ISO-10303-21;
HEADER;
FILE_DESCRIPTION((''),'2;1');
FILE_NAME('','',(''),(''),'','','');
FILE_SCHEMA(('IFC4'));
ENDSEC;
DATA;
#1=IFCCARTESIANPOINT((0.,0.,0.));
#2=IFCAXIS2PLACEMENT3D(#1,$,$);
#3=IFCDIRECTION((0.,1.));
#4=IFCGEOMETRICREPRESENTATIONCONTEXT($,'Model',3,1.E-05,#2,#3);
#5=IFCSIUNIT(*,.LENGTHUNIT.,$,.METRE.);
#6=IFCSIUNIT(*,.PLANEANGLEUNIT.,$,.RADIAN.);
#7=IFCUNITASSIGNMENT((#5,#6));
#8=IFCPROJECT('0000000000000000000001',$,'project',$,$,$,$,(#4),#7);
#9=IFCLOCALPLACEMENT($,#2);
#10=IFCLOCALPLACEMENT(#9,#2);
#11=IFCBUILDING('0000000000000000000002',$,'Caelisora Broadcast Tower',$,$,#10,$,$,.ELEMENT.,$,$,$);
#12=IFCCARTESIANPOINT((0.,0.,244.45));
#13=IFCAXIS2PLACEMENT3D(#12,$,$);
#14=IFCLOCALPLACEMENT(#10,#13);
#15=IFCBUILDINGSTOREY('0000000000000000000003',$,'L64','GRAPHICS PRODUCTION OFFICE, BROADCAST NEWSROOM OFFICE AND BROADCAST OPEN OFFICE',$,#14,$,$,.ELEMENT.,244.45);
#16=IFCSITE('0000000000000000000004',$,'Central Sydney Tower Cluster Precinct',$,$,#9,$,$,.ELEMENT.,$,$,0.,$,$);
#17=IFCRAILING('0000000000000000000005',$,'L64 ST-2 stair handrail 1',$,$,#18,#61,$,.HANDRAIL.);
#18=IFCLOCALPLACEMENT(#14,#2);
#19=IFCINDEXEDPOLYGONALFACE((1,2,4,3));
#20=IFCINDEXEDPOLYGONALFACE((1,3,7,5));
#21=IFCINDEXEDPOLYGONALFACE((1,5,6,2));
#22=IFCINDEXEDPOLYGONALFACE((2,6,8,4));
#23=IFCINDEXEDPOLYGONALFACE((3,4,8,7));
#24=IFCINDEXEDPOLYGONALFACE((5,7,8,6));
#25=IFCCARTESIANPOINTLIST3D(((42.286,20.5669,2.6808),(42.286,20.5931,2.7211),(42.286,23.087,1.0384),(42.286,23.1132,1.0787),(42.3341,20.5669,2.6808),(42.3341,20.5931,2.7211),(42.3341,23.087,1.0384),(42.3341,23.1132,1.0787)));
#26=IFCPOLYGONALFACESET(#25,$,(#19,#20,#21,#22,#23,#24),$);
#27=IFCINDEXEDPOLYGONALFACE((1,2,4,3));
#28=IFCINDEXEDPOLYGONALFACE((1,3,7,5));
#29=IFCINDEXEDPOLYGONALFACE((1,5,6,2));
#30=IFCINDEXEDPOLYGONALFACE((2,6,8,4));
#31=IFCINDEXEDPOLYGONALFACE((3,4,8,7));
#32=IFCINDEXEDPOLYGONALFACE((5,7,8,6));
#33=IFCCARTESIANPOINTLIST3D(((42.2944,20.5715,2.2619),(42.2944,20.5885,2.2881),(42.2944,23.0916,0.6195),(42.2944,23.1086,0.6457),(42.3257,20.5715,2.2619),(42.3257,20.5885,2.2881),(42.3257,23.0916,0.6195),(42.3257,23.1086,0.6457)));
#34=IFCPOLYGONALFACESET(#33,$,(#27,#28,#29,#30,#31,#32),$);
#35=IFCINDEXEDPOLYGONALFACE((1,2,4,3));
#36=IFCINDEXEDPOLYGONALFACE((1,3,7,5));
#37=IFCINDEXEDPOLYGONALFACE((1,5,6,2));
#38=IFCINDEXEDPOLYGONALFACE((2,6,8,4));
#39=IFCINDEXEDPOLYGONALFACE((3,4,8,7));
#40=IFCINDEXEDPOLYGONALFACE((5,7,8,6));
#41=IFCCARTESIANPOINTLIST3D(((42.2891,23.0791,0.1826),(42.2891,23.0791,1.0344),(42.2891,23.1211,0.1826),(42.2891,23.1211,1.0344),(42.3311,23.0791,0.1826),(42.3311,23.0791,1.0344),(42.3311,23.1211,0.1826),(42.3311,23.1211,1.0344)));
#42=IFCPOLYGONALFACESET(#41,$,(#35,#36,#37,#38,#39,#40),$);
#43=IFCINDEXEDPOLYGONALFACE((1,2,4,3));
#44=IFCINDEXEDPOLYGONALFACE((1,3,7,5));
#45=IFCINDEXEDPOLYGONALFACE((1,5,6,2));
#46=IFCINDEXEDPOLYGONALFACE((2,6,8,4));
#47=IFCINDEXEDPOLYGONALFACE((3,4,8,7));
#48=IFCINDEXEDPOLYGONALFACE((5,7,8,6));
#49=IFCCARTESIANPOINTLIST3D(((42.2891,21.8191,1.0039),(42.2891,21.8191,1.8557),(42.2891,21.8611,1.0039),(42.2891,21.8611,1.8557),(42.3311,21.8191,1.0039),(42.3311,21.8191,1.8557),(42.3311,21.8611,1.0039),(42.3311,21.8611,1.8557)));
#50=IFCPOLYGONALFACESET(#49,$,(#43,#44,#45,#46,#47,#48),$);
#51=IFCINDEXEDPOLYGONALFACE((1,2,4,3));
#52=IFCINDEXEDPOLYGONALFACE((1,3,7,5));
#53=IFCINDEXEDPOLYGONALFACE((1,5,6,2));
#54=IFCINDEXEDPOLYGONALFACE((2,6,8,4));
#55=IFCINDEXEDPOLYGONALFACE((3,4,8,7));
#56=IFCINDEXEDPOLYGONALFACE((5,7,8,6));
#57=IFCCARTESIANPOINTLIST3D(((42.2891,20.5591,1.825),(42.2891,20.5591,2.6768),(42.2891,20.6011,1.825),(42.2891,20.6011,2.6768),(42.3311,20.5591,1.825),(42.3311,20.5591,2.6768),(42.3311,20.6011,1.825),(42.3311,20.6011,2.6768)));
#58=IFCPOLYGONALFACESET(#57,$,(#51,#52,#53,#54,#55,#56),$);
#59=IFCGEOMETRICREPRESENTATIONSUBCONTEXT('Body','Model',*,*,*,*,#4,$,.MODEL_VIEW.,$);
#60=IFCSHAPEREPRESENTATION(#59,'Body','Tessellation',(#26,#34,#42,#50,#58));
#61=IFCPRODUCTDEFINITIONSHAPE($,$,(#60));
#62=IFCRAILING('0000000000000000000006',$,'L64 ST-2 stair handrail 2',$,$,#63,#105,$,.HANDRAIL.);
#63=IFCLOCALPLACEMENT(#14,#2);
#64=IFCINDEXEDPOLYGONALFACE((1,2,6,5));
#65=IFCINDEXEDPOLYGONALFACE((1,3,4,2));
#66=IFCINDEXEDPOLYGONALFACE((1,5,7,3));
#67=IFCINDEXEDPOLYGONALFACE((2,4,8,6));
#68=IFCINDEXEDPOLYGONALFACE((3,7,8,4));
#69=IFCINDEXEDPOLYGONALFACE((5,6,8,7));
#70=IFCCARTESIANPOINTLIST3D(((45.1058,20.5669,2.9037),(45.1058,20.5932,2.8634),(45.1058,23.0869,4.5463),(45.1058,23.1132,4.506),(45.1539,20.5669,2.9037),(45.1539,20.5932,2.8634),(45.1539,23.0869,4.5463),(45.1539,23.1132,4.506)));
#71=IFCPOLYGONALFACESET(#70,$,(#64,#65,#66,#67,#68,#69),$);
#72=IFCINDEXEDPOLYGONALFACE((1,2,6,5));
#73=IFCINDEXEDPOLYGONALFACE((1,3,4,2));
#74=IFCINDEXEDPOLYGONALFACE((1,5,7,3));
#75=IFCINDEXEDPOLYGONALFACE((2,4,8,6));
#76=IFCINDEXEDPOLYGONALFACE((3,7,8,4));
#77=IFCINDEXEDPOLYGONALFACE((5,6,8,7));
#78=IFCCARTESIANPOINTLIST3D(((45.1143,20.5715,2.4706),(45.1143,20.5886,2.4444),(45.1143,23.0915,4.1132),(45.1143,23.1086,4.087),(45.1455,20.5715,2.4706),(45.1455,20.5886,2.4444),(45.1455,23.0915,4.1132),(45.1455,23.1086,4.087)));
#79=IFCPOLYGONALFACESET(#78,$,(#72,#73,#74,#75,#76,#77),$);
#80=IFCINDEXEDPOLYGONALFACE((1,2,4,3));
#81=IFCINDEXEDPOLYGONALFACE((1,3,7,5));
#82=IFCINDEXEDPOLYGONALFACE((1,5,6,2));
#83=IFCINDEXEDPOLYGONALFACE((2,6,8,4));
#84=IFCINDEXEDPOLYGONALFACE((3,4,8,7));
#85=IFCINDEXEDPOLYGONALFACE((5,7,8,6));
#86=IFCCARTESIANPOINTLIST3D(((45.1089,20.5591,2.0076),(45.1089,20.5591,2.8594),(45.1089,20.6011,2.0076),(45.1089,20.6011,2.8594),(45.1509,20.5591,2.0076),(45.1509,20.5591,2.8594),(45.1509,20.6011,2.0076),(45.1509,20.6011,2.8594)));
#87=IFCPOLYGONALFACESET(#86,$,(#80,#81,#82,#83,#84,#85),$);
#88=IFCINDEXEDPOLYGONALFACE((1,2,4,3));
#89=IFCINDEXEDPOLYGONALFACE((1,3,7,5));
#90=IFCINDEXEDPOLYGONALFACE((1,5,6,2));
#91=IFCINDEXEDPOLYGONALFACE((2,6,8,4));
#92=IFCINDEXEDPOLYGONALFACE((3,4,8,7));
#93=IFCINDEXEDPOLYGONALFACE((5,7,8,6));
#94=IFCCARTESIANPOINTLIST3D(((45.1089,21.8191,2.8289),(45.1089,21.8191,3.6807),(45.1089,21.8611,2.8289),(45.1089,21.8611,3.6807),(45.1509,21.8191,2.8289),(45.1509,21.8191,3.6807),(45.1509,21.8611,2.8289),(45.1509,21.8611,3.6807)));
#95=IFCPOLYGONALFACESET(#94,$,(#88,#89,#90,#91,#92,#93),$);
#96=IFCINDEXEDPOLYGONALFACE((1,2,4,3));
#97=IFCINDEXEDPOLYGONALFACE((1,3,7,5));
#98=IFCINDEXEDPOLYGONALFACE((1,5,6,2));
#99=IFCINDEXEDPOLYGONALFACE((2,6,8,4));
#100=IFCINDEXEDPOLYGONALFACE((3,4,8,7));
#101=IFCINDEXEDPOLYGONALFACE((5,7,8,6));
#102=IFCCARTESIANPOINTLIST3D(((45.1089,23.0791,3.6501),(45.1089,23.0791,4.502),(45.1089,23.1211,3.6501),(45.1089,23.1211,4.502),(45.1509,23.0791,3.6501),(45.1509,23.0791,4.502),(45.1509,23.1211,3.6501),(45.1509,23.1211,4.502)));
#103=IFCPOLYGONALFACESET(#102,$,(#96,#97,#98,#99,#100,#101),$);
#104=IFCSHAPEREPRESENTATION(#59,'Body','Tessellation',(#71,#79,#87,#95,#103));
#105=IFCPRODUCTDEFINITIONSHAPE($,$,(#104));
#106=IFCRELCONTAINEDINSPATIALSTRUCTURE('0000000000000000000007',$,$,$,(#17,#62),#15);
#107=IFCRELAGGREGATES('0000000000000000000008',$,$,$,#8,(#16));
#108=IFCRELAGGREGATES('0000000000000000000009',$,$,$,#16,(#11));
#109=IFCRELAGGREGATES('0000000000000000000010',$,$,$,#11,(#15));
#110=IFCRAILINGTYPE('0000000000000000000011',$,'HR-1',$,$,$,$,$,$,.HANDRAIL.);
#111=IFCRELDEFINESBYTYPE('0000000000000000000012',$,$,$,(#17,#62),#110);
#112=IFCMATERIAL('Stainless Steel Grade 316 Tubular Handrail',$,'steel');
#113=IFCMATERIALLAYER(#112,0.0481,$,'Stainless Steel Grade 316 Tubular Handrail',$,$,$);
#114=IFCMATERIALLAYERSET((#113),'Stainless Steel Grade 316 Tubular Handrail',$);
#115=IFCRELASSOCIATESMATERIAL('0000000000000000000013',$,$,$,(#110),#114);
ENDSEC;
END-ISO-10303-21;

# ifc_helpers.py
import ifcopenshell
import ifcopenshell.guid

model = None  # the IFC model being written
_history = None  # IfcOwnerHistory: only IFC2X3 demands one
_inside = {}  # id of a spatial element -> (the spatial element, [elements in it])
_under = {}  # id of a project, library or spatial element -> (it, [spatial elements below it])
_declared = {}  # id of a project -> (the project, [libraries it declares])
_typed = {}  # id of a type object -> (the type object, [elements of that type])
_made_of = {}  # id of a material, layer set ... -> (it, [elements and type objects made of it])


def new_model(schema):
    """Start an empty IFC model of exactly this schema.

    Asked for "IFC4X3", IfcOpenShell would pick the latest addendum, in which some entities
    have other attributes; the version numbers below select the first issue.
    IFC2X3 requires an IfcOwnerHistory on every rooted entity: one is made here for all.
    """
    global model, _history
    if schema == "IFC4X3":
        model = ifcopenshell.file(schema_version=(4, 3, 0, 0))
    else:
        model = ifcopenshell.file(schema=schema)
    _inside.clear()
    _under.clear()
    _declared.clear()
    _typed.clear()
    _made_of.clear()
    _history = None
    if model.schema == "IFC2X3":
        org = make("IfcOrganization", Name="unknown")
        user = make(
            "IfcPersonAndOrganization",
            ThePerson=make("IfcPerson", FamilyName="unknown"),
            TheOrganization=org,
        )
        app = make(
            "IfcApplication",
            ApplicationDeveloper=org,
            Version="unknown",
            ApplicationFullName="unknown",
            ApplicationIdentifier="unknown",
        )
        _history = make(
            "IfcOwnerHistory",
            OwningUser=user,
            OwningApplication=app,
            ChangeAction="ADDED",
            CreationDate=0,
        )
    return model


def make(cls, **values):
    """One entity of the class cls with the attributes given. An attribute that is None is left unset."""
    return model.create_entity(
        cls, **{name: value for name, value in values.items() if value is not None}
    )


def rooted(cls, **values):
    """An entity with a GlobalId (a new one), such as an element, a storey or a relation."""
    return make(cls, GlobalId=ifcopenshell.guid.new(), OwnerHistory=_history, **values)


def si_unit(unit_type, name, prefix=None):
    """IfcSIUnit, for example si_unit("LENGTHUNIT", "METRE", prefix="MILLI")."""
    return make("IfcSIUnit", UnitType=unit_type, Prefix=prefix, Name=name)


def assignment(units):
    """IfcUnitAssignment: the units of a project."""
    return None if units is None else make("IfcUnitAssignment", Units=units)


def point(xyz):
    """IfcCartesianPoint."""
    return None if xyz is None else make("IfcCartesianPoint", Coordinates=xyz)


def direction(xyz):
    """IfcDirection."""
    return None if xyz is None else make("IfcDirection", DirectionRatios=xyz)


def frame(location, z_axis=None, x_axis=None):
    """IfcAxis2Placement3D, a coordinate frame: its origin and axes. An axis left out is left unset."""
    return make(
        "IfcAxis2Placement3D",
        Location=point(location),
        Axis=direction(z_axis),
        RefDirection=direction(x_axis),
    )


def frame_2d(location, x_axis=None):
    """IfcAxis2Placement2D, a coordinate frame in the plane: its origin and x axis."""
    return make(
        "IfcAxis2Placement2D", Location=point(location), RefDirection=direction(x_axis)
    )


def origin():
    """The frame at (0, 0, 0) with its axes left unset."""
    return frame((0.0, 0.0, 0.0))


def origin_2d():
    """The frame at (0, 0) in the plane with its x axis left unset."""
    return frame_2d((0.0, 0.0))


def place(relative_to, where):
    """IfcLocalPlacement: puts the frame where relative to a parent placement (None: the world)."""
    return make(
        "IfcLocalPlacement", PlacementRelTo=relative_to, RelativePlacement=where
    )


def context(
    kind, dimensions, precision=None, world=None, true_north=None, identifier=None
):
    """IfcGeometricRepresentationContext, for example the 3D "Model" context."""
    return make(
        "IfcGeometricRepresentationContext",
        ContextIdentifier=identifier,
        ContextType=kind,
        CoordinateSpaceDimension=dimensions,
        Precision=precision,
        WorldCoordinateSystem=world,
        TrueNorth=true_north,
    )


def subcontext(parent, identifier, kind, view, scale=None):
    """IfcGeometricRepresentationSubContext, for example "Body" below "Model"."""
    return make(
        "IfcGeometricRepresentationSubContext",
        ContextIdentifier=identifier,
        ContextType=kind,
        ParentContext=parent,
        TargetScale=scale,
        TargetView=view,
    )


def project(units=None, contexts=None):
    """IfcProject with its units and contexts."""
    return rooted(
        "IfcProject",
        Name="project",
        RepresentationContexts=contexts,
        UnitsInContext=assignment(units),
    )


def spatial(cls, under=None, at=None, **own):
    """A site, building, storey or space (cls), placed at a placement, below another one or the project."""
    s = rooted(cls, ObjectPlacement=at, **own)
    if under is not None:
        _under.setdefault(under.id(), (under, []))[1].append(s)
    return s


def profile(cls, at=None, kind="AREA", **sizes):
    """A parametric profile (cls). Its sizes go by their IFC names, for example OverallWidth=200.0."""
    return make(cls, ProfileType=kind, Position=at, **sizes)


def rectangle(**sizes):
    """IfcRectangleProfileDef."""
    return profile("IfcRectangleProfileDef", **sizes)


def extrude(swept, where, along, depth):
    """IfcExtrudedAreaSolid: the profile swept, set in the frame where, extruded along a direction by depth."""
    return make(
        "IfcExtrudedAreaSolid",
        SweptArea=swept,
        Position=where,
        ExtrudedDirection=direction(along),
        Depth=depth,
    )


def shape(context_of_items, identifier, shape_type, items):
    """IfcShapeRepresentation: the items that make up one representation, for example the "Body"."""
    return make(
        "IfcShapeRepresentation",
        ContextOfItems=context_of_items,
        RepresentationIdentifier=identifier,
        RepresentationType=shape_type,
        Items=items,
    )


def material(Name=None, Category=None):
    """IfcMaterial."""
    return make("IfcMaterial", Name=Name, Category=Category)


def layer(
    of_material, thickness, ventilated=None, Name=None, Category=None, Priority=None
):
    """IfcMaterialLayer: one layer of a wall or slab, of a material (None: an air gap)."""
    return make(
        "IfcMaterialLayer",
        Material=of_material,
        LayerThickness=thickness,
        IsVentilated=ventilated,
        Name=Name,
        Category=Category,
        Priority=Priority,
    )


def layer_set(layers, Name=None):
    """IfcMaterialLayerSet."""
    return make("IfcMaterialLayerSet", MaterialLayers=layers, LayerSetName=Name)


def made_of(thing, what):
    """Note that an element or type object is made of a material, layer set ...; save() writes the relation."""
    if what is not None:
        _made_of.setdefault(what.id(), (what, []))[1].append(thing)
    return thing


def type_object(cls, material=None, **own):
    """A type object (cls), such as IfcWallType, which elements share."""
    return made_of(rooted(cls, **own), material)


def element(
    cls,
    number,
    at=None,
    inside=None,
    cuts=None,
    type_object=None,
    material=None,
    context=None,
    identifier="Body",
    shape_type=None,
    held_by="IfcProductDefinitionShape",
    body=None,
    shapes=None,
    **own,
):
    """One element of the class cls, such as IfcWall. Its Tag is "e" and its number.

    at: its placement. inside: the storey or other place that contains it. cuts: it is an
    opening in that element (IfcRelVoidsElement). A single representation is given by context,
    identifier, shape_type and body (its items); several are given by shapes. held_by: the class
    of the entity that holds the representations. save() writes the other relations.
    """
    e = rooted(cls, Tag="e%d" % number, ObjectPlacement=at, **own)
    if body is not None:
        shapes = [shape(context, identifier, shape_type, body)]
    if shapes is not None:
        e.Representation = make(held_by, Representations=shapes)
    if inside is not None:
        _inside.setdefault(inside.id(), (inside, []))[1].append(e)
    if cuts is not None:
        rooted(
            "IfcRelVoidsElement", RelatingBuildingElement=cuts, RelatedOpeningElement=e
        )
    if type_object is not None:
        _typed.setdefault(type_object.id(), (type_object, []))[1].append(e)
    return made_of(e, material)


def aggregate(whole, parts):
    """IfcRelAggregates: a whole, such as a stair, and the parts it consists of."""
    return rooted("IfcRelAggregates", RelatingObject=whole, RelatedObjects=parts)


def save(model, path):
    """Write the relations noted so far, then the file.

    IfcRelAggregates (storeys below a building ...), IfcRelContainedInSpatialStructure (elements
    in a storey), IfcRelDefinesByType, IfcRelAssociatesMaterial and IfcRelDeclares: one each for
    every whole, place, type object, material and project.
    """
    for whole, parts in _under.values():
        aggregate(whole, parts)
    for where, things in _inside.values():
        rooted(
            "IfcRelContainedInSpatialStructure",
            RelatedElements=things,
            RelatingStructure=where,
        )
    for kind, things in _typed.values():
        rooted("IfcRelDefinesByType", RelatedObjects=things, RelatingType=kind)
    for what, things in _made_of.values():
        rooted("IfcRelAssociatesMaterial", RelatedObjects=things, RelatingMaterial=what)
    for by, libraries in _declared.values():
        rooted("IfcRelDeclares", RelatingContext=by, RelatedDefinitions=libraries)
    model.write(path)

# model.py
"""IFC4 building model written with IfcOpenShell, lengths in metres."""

from ifc_helpers import new_model, si_unit, direction, frame, origin, origin_2d, place, context, subcontext, project, spatial, rectangle, extrude, material, layer, layer_set, type_object, element, save


model = new_model("IFC4")

# Units and contexts
model_context = context("Model", 3, precision=1e-05, world=origin(), true_north=direction((0.0, 1.0)))
body_context = subcontext(model_context, "Body", "Model", "MODEL_VIEW")
ifc_project = project(units=[si_unit("LENGTHUNIT", "METRE"), si_unit("PLANEANGLEUNIT", "RADIAN")], contexts=[model_context])

# Site, building, storey
site_placement = place(None, origin())
site = spatial("IfcSite", under=ifc_project, at=site_placement, Name="Central Sydney Tower Cluster Precinct", CompositionType="ELEMENT", RefElevation=0.0)
building_placement = place(site_placement, origin())
building = spatial("IfcBuilding", under=site, at=building_placement, Name="Caelisora Broadcast Tower", CompositionType="ELEMENT")
storey_placement = place(building_placement, frame((0.0, 0.0, 244.45)))
storey = spatial("IfcBuildingStorey", under=building, at=storey_placement, Name="L64", Description="GRAPHICS PRODUCTION OFFICE, BROADCAST NEWSROOM OFFICE AND BROADCAST OPEN OFFICE", CompositionType="ELEMENT", Elevation=244.45)

# Railings
ifc_material_1 = material(Name="Stainless Steel Grade 316 Tubular Handrail", Category="steel")
ifc_layer_1 = layer(ifc_material_1, 0.0481, Name="Stainless Steel Grade 316 Tubular Handrail")
ifc_layer_set_1 = layer_set([ifc_layer_1], Name="Stainless Steel Grade 316 Tubular Handrail")
railing_type_1 = type_object("IfcRailingType", Name="HR-1", PredefinedType="HANDRAIL", material=ifc_layer_set_1)
railing_1_placement = place(storey_placement, frame((42.3101, 23.1001, 0.1826)))
element("IfcRailing", 1, at=railing_1_placement, inside=storey, type_object=railing_type_1, Name="L64 ST-2 stair handrail 1", PredefinedType="HANDRAIL", context=body_context, shape_type="SweptSolid", body=[
    extrude(rectangle(XDim=0.0481, YDim=0.0481, at=origin_2d()), frame((0.0, 0.0, 0.876), z_axis=(0.0, -0.837787, 0.545998), x_axis=(1.0, 0.0, 0.0)), (0.0, 0.0, 1.0), 3.0081),
    extrude(rectangle(XDim=0.0312, YDim=0.0312, at=origin_2d()), frame((0.0, 0.0, 0.45), z_axis=(0.0, -0.837787, 0.545998), x_axis=(1.0, 0.0, 0.0)), (0.0, 0.0, 1.0), 3.0081),
    extrude(rectangle(XDim=0.042, YDim=0.042, at=origin_2d()), origin(), (0.0, 0.0, 1.0), 0.8518),
    extrude(rectangle(XDim=0.042, YDim=0.042, at=origin_2d()), frame((0.0, -1.26, 0.8213)), (0.0, 0.0, 1.0), 0.8518),
    extrude(rectangle(XDim=0.042, YDim=0.042, at=origin_2d()), frame((0.0, -2.52, 1.6423)), (0.0, 0.0, 1.0), 0.8518),
])
railing_2_placement = place(storey_placement, frame((45.1299, 20.5801, 2.0076)))
element("IfcRailing", 2, at=railing_2_placement, inside=storey, type_object=railing_type_1, Name="L64 ST-2 stair handrail 2", PredefinedType="HANDRAIL", context=body_context, shape_type="SweptSolid", body=[
    extrude(rectangle(XDim=0.0481, YDim=0.0481, at=origin_2d()), frame((0.0, 0.0, 0.876), z_axis=(0.0, 0.837749, 0.546055), x_axis=(-1.0, 0.0, 0.0)), (0.0, 0.0, 1.0), 3.0081),
    extrude(rectangle(XDim=0.0312, YDim=0.0312, at=origin_2d()), frame((0.0, 0.0, 0.45), z_axis=(0.0, 0.837749, 0.546055), x_axis=(-1.0, 0.0, 0.0)), (0.0, 0.0, 1.0), 3.0081),
    extrude(rectangle(XDim=0.042, YDim=0.042, at=origin_2d()), origin(), (0.0, 0.0, 1.0), 0.8518),
    extrude(rectangle(XDim=0.042, YDim=0.042, at=origin_2d()), frame((0.0, 1.26, 0.8213)), (0.0, 0.0, 1.0), 0.8518),
    extrude(rectangle(XDim=0.042, YDim=0.042, at=origin_2d()), frame((0.0, 2.52, 1.6426)), (0.0, 0.0, 1.0), 0.8518),
])

save(model, "model.ifc")
